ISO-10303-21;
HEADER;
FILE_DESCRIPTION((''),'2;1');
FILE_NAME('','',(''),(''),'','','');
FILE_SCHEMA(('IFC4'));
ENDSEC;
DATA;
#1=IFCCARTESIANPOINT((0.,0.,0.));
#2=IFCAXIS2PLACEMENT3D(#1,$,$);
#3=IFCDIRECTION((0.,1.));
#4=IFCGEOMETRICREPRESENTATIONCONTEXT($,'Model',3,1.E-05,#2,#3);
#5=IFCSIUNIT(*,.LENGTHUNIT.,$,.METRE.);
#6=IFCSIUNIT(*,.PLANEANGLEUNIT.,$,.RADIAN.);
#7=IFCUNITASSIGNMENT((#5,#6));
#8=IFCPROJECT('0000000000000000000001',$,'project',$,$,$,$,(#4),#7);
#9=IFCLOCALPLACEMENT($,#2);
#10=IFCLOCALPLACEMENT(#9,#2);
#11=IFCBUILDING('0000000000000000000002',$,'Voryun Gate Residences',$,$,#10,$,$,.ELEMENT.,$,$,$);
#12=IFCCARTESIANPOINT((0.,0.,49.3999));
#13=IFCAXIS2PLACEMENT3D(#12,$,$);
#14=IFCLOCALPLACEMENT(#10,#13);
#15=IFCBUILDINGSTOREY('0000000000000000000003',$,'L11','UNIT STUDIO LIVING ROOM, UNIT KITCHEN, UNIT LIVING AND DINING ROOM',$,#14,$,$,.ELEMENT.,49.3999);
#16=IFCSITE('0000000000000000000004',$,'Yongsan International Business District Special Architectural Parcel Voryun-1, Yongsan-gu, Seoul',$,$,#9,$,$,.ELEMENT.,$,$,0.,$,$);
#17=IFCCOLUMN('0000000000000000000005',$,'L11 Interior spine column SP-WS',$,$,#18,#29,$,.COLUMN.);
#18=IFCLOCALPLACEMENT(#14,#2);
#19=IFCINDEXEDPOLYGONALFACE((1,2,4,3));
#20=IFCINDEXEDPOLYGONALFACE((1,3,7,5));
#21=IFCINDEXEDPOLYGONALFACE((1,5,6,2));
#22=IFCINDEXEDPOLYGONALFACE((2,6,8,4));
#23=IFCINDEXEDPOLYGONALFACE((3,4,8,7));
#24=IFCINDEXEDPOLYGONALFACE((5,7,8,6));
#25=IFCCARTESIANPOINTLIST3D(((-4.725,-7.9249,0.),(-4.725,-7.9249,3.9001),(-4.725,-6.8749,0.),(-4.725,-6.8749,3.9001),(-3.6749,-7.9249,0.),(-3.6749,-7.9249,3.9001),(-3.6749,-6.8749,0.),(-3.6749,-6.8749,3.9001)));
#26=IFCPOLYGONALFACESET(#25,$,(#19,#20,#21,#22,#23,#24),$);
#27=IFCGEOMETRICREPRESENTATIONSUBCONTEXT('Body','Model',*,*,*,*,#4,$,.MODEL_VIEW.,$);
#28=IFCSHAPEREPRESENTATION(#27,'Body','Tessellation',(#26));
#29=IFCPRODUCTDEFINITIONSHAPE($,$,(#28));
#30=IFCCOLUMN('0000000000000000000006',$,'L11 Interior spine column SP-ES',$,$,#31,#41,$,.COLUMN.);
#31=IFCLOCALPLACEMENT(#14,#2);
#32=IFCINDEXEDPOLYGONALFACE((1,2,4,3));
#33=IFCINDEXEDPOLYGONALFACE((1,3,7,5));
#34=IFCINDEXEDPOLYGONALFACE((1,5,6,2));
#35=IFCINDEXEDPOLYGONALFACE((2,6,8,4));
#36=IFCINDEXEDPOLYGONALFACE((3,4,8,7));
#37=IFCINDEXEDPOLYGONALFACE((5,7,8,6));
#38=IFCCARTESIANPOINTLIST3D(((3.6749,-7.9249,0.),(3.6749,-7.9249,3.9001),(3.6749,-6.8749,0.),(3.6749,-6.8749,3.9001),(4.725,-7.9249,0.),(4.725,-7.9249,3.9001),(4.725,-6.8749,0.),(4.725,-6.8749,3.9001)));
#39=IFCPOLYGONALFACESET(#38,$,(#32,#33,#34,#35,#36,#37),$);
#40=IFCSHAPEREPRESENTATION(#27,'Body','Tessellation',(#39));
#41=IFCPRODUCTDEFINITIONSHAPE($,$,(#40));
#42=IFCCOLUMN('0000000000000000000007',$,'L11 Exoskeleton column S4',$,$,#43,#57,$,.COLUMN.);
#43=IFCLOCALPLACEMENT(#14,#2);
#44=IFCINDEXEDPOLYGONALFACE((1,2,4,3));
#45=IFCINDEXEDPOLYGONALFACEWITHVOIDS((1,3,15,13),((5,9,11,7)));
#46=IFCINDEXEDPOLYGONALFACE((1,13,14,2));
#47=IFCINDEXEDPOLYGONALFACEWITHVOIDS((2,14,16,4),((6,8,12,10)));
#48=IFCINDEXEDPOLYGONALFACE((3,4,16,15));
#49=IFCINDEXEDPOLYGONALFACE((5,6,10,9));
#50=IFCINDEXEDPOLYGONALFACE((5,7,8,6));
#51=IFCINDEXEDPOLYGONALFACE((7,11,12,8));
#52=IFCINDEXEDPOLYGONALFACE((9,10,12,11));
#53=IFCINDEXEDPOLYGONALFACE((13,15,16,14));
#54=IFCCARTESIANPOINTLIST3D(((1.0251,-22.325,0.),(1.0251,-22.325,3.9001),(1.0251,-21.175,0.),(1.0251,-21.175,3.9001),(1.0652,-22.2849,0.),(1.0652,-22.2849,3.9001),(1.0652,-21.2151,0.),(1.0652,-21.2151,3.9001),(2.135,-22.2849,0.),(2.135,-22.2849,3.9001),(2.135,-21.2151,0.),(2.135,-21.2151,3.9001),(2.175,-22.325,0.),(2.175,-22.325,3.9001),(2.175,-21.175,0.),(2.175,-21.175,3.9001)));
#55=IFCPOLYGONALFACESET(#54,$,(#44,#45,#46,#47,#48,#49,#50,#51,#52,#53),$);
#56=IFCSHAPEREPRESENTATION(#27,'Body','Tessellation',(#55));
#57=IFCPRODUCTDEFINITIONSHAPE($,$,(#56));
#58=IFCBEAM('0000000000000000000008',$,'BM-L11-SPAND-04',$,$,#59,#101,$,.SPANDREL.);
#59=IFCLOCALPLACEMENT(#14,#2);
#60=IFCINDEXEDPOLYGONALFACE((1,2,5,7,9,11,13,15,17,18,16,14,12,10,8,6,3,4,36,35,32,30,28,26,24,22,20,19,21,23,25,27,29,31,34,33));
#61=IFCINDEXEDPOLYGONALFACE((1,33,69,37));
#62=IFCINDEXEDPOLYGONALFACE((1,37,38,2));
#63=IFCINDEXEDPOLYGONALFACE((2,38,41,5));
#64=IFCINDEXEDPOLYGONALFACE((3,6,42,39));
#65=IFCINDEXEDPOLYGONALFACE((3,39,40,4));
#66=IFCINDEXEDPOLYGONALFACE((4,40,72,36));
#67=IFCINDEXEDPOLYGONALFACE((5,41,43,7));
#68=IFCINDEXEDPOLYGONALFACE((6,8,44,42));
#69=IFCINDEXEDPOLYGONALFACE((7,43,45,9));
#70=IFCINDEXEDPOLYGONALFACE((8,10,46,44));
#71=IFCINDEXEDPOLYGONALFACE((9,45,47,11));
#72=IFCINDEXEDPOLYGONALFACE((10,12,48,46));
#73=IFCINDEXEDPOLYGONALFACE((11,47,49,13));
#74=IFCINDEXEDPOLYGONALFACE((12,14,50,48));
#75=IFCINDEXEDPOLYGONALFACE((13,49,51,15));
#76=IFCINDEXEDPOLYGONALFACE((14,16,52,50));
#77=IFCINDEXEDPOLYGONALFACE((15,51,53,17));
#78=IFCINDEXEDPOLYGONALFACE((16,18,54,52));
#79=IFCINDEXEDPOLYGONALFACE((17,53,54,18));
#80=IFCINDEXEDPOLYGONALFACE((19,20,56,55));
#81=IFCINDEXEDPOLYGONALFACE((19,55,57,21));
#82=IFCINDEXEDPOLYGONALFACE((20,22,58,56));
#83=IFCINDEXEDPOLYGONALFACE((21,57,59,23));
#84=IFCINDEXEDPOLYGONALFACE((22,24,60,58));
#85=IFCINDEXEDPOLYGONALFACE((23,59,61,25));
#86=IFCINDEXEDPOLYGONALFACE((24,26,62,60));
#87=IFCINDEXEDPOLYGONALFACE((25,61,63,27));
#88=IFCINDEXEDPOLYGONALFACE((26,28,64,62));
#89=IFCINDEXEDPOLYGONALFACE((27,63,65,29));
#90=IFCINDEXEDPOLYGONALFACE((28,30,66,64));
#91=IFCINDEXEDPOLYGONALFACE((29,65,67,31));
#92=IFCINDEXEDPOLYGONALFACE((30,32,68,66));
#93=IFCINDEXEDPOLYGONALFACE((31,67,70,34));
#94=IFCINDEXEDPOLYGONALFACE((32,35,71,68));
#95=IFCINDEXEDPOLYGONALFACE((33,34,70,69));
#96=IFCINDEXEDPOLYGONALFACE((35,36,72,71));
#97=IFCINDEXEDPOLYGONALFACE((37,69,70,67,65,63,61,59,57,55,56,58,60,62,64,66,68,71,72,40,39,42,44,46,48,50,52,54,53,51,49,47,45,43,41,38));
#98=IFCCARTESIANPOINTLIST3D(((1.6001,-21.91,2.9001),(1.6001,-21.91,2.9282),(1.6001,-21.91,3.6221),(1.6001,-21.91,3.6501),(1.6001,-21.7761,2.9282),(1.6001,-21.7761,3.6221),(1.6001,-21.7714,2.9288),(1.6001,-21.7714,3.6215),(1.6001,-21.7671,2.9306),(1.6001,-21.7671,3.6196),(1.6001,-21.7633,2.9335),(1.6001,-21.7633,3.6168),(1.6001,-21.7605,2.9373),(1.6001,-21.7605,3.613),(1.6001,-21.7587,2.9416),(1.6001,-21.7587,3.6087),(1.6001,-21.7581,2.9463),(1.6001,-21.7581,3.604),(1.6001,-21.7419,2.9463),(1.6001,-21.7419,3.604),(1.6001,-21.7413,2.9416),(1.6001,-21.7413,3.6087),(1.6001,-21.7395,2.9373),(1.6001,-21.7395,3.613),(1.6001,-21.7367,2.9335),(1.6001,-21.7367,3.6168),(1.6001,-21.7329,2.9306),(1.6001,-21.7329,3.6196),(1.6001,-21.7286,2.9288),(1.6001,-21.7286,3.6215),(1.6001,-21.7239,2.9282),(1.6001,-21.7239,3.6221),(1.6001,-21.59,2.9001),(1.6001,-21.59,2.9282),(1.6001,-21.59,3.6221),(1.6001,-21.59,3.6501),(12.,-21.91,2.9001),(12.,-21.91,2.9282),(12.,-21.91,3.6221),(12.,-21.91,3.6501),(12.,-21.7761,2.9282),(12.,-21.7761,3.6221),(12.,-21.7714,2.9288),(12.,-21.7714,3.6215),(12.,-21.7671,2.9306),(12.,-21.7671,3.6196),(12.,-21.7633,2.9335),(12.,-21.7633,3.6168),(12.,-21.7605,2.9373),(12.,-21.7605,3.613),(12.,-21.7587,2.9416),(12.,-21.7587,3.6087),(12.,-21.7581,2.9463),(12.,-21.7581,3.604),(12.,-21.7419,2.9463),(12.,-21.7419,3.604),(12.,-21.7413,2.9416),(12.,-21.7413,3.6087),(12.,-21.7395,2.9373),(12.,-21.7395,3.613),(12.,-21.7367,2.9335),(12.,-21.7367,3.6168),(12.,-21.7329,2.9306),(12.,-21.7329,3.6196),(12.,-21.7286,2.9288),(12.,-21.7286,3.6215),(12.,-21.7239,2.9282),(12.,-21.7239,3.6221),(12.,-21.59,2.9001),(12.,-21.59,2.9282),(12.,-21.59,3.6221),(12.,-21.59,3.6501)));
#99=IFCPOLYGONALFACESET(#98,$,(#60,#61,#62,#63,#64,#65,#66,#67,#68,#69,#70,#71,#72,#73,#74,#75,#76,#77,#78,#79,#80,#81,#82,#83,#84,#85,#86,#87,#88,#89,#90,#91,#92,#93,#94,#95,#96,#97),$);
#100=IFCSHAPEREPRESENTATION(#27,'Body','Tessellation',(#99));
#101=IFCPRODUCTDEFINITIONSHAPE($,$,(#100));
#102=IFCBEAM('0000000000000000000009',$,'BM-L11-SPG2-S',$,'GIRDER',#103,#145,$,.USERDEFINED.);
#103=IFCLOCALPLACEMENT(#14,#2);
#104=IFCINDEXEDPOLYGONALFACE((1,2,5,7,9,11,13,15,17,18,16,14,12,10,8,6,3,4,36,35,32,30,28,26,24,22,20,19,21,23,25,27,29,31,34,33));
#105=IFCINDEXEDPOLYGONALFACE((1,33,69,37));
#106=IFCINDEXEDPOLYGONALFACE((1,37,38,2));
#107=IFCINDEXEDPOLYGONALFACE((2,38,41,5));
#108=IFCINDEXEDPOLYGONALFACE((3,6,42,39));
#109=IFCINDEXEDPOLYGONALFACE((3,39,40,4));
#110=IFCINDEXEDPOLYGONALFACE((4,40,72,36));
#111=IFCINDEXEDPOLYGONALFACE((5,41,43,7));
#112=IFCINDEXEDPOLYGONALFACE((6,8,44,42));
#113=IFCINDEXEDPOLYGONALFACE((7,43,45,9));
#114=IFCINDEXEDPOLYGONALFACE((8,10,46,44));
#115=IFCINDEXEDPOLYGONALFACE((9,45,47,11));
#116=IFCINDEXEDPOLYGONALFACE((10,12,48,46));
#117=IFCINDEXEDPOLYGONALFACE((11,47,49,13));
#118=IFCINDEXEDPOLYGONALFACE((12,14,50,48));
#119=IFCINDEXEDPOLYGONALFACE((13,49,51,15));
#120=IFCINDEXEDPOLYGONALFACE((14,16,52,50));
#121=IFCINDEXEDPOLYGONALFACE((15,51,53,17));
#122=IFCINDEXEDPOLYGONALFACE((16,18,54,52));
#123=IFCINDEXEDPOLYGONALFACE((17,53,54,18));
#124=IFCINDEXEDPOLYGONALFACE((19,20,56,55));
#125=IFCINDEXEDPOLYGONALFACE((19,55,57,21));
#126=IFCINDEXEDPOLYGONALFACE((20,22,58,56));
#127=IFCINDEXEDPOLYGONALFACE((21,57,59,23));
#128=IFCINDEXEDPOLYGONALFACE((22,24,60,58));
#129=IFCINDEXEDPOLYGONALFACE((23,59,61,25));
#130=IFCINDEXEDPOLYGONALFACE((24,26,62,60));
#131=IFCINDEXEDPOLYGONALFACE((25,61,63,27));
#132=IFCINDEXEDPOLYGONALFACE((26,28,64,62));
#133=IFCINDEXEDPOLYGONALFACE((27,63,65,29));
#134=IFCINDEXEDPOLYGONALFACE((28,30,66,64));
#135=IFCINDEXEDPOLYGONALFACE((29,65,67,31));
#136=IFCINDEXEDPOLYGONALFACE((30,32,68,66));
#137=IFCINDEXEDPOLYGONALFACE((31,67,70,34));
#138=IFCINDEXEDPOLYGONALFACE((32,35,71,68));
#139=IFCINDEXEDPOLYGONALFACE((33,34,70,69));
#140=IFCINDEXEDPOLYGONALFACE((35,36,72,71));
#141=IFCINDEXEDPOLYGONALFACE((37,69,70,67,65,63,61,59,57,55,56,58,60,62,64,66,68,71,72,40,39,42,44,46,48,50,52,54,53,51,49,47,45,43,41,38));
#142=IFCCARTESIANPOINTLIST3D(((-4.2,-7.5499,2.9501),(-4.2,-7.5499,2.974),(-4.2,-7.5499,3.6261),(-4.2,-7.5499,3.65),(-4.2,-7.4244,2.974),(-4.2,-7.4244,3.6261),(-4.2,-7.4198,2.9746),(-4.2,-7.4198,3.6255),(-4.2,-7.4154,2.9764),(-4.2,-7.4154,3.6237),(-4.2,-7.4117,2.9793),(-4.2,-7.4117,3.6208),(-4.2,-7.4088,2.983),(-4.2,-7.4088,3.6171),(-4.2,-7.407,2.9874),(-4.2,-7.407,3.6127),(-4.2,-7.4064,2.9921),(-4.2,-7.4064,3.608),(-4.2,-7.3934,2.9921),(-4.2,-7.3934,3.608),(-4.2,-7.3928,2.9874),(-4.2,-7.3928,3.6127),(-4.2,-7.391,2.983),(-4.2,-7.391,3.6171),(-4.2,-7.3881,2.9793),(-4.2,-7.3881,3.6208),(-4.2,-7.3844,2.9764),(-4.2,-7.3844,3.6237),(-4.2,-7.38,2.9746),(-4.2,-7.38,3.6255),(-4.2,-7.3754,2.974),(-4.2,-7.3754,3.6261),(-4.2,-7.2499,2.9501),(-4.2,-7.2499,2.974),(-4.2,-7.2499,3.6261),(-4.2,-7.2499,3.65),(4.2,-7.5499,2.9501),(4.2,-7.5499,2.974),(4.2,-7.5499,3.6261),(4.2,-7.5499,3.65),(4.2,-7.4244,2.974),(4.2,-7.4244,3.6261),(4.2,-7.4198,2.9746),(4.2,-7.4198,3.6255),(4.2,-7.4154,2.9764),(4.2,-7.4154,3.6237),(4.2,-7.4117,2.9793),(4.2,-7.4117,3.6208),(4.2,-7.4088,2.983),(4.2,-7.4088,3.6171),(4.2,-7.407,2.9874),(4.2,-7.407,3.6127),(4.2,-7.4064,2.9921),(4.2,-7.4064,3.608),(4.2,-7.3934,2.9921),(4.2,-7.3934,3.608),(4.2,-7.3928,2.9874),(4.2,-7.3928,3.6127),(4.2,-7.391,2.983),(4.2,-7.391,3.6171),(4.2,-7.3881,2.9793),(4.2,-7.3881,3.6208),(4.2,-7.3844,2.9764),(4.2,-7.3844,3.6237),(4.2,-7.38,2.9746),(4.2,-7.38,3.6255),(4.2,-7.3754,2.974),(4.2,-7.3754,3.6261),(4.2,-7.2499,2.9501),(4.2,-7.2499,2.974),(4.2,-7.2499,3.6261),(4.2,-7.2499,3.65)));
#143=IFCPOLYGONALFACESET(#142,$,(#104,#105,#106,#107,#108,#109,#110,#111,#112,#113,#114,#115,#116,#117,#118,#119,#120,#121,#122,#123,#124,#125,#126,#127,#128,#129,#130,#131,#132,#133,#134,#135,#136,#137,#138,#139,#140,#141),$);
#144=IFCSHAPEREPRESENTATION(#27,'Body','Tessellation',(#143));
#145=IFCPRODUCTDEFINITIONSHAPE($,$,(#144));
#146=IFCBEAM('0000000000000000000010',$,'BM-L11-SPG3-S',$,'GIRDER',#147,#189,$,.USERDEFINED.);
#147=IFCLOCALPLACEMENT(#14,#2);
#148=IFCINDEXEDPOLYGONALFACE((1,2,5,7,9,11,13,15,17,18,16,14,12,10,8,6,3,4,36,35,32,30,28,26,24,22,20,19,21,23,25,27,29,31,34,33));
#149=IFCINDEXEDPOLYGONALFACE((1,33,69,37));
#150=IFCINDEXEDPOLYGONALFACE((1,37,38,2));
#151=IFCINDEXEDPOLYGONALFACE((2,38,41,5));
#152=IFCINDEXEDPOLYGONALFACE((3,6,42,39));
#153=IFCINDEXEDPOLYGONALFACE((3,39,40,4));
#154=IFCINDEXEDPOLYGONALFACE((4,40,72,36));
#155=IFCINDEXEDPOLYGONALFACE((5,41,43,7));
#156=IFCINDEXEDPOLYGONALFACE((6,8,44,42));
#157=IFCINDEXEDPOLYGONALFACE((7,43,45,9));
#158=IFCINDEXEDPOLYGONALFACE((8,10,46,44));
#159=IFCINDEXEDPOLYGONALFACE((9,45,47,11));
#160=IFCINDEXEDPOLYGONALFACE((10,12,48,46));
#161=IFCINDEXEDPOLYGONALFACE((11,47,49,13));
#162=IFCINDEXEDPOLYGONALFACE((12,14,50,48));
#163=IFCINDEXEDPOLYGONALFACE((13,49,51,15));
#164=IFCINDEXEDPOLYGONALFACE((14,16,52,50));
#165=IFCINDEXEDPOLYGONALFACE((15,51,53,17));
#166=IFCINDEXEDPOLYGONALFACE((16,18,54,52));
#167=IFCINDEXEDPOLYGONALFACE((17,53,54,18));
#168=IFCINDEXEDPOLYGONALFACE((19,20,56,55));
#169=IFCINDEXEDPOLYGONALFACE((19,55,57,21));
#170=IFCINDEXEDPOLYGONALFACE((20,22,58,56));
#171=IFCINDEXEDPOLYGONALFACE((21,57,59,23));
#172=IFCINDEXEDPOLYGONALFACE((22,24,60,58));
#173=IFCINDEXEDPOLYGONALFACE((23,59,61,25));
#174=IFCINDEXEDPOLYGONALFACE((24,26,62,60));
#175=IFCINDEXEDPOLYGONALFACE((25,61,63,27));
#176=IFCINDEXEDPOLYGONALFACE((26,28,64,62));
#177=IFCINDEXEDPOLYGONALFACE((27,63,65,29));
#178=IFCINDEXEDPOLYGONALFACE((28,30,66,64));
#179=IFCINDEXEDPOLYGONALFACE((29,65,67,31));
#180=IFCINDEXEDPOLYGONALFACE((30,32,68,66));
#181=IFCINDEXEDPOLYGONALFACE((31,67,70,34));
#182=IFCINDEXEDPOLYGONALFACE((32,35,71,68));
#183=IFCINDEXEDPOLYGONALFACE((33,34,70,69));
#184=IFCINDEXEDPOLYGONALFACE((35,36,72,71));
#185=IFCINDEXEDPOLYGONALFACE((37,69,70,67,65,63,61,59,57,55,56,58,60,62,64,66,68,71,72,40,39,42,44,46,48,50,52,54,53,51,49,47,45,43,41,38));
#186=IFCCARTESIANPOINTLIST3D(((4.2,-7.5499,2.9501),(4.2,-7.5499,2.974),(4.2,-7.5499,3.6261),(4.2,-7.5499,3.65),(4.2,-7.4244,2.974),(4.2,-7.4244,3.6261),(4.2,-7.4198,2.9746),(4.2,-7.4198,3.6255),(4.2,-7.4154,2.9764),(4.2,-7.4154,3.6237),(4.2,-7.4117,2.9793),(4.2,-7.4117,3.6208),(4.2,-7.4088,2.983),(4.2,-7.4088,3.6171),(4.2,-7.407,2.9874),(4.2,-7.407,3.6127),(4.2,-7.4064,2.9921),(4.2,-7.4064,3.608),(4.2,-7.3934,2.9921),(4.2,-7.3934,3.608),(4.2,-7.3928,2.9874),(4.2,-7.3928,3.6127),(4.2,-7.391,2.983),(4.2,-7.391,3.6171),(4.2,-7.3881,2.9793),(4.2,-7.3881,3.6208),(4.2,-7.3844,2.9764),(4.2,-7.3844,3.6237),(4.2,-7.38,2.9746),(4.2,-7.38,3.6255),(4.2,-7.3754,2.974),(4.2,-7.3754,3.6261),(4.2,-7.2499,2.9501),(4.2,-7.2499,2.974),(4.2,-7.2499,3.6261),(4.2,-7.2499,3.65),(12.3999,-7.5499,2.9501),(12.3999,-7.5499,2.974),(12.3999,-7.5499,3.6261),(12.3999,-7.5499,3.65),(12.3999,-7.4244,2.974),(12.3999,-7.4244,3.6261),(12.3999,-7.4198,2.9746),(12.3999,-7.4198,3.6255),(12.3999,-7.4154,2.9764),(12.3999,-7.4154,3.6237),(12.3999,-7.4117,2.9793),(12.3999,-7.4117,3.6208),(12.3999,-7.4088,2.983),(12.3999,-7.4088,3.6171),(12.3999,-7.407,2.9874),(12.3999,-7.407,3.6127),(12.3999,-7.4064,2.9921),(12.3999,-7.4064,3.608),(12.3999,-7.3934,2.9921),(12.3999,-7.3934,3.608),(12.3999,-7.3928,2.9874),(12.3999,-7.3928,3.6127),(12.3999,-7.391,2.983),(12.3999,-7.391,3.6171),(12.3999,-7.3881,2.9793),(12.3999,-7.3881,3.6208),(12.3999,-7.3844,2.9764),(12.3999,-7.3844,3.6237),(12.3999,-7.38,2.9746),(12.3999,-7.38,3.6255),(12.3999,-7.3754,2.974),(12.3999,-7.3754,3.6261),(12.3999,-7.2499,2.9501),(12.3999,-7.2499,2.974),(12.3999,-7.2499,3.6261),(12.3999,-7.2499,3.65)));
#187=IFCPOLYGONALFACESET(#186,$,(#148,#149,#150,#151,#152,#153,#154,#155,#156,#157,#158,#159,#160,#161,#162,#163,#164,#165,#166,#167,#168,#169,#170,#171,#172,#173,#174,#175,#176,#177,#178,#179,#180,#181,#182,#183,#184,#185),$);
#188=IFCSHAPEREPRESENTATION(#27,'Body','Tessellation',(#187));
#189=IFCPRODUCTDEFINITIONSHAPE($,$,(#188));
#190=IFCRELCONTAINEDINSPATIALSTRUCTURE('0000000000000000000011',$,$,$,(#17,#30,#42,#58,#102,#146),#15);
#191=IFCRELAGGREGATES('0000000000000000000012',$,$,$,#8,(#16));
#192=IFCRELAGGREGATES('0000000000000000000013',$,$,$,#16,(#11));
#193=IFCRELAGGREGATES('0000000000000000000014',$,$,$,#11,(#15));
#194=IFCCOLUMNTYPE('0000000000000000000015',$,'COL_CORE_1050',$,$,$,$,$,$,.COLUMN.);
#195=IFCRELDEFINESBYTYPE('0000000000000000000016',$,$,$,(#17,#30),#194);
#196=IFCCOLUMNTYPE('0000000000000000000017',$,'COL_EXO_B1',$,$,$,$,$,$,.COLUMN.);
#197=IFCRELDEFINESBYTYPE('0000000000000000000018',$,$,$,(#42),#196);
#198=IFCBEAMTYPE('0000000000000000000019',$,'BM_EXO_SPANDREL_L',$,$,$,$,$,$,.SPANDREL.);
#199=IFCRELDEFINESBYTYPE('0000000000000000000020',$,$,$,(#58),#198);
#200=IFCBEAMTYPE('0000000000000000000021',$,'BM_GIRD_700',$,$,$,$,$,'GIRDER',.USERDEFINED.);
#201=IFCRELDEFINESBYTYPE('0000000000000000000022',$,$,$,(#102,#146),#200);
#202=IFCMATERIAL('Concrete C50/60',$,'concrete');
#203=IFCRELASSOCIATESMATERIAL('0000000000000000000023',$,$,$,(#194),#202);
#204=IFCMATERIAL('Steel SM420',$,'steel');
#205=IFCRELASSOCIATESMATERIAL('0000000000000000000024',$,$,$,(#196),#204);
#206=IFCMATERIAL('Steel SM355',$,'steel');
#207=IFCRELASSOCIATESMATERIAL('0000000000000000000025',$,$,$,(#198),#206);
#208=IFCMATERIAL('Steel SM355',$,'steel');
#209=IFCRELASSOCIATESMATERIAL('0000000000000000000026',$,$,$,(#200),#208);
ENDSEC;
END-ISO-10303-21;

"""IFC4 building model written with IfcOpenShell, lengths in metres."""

from ifc_helpers import new_model, si_unit, direction, frame, origin, origin_2d, place, context, subcontext, project, spatial, rectangle, hollow_rectangle, i_section, extrude, material, material_profile, profile_set, type_object, element, save


model = new_model("IFC4")

# Units and contexts
model_context = context("Model", 3, precision=1e-05, world=origin(), true_north=direction((0.0, 1.0)))
body_context = subcontext(model_context, "Body", "Model", "MODEL_VIEW")
ifc_project = project(units=[si_unit("LENGTHUNIT", "METRE"), si_unit("PLANEANGLEUNIT", "RADIAN")], contexts=[model_context])

# Site, building, storey
site_placement = place(None, origin())
site = spatial("IfcSite", under=ifc_project, at=site_placement, Name="Yongsan International Business District Special Architectural Parcel Voryun-1, Yongsan-gu, Seoul", CompositionType="ELEMENT", RefElevation=0.0)
building_placement = place(site_placement, origin())
building = spatial("IfcBuilding", under=site, at=building_placement, Name="Voryun Gate Residences", CompositionType="ELEMENT")
storey_placement = place(building_placement, frame((0.0, 0.0, 49.3999)))
storey = spatial("IfcBuildingStorey", under=building, at=storey_placement, Name="L11", Description="UNIT STUDIO LIVING ROOM, UNIT KITCHEN, UNIT LIVING AND DINING ROOM", CompositionType="ELEMENT", Elevation=49.3999)

# Columns
ifc_material_1 = material(Name="Concrete C50/60", Category="concrete")
ifc_material_profile_1 = material_profile(ifc_material_1, rectangle(XDim=1.05, YDim=1.05, at=origin_2d()), Name="RC-1050x1050")
ifc_profile_set_1 = profile_set([ifc_material_profile_1], Name="Concrete C50/60")
column_type_1 = type_object("IfcColumnType", Name="COL_CORE_1050", PredefinedType="COLUMN", material=ifc_profile_set_1)
for number, where, z_axis, x_axis, name in (
    (1, (-4.2, -7.3999, 0.0), (0.0, 0.0, 1.0), (1.0, 0.0, 0.0), "L11 Interior spine column SP-WS"),
    (2, (4.2, -7.3999, 0.0), (0.0, 0.0, 1.0), (1.0, 0.0, 0.0), "L11 Interior spine column SP-ES"),
):
    element("IfcColumn", number, at=place(storey_placement, frame(where, z_axis=z_axis, x_axis=x_axis)), inside=storey, type_object=column_type_1, Name=name, PredefinedType="COLUMN", context=body_context, shape_type="SweptSolid", body=[
        extrude(rectangle(XDim=1.05, YDim=1.05, at=origin_2d()), origin(), (0.0, 0.0, 1.0), 3.9001),
    ])
ifc_material_2 = material(Name="Steel SM420", Category="steel")
ifc_material_profile_2 = material_profile(ifc_material_2, hollow_rectangle(XDim=1.1499, YDim=1.1499, WallThickness=0.04, at=origin_2d()), Name="BOX-1150x1150x40")
ifc_profile_set_2 = profile_set([ifc_material_profile_2], Name="Steel SM420")
column_type_2 = type_object("IfcColumnType", Name="COL_EXO_B1", PredefinedType="COLUMN", material=ifc_profile_set_2)
column_placement = place(storey_placement, frame((1.6001, -21.75, 0.0), z_axis=(0.0, 0.0, 1.0), x_axis=(1.0, 0.0, 0.0)))
element("IfcColumn", 3, at=column_placement, inside=storey, type_object=column_type_2, Name="L11 Exoskeleton column S4", PredefinedType="COLUMN", context=body_context, shape_type="SweptSolid", body=[
    extrude(hollow_rectangle(XDim=1.1499, YDim=1.1499, WallThickness=0.04, at=origin_2d()), origin(), (0.0, 0.0, 1.0), 3.9001),
])

# Beams
ifc_material_3 = material(Name="Steel SM355", Category="steel")
ifc_material_profile_3 = material_profile(ifc_material_3, i_section(OverallWidth=0.3201, OverallDepth=0.75, WebThickness=0.0161, FlangeThickness=0.0281, FilletRadius=0.0181, at=origin_2d()), Name="H-750x320x16x28")
ifc_profile_set_3 = profile_set([ifc_material_profile_3], Name="Steel SM355")
beam_type_1 = type_object("IfcBeamType", Name="BM_EXO_SPANDREL_L", PredefinedType="SPANDREL", material=ifc_profile_set_3)
beam_1_placement = place(storey_placement, frame((1.6001, -21.75, 3.2751), z_axis=(1.0, 0.0, 0.0), x_axis=(0.0, 1.0, 0.0)))
element("IfcBeam", 4, at=beam_1_placement, inside=storey, type_object=beam_type_1, Name="BM-L11-SPAND-04", PredefinedType="SPANDREL", context=body_context, shape_type="SweptSolid", body=[
    extrude(i_section(OverallWidth=0.3201, OverallDepth=0.75, WebThickness=0.0161, FlangeThickness=0.0281, FilletRadius=0.0181, at=origin_2d()), origin(), (0.0, 0.0, 1.0), 10.3999),
])
ifc_material_4 = material(Name="Steel SM355", Category="steel")
ifc_material_profile_4 = material_profile(ifc_material_4, i_section(OverallWidth=0.3, OverallDepth=0.7, WebThickness=0.0129, FlangeThickness=0.0239, FilletRadius=0.0181, at=origin_2d()), Name="H-700x300x13x24")
ifc_profile_set_4 = profile_set([ifc_material_profile_4], Name="Steel SM355")
beam_type_2 = type_object("IfcBeamType", Name="BM_GIRD_700", ElementType="GIRDER", PredefinedType="USERDEFINED", material=ifc_profile_set_4)
beam_2_placement = place(storey_placement, frame((-4.2, -7.3999, 3.3), z_axis=(1.0, 0.0, 0.0), x_axis=(0.0, 1.0, 0.0)))
element("IfcBeam", 5, at=beam_2_placement, inside=storey, type_object=beam_type_2, Name="BM-L11-SPG2-S", ObjectType="GIRDER", PredefinedType="USERDEFINED", context=body_context, shape_type="SweptSolid", body=[
    extrude(i_section(OverallWidth=0.3, OverallDepth=0.7, WebThickness=0.0129, FlangeThickness=0.0239, FilletRadius=0.0181, at=origin_2d()), origin(), (0.0, 0.0, 1.0), 8.3999),
])
beam_3_placement = place(storey_placement, frame((4.2, -7.3999, 3.3), z_axis=(1.0, 0.0, 0.0), x_axis=(0.0, 1.0, 0.0)))
element("IfcBeam", 6, at=beam_3_placement, inside=storey, type_object=beam_type_2, Name="BM-L11-SPG3-S", ObjectType="GIRDER", PredefinedType="USERDEFINED", context=body_context, shape_type="SweptSolid", body=[
    extrude(i_section(OverallWidth=0.3, OverallDepth=0.7, WebThickness=0.0129, FlangeThickness=0.0239, FilletRadius=0.0181, at=origin_2d()), origin(), (0.0, 0.0, 1.0), 8.2),
])

save(model, "model.ifc")
